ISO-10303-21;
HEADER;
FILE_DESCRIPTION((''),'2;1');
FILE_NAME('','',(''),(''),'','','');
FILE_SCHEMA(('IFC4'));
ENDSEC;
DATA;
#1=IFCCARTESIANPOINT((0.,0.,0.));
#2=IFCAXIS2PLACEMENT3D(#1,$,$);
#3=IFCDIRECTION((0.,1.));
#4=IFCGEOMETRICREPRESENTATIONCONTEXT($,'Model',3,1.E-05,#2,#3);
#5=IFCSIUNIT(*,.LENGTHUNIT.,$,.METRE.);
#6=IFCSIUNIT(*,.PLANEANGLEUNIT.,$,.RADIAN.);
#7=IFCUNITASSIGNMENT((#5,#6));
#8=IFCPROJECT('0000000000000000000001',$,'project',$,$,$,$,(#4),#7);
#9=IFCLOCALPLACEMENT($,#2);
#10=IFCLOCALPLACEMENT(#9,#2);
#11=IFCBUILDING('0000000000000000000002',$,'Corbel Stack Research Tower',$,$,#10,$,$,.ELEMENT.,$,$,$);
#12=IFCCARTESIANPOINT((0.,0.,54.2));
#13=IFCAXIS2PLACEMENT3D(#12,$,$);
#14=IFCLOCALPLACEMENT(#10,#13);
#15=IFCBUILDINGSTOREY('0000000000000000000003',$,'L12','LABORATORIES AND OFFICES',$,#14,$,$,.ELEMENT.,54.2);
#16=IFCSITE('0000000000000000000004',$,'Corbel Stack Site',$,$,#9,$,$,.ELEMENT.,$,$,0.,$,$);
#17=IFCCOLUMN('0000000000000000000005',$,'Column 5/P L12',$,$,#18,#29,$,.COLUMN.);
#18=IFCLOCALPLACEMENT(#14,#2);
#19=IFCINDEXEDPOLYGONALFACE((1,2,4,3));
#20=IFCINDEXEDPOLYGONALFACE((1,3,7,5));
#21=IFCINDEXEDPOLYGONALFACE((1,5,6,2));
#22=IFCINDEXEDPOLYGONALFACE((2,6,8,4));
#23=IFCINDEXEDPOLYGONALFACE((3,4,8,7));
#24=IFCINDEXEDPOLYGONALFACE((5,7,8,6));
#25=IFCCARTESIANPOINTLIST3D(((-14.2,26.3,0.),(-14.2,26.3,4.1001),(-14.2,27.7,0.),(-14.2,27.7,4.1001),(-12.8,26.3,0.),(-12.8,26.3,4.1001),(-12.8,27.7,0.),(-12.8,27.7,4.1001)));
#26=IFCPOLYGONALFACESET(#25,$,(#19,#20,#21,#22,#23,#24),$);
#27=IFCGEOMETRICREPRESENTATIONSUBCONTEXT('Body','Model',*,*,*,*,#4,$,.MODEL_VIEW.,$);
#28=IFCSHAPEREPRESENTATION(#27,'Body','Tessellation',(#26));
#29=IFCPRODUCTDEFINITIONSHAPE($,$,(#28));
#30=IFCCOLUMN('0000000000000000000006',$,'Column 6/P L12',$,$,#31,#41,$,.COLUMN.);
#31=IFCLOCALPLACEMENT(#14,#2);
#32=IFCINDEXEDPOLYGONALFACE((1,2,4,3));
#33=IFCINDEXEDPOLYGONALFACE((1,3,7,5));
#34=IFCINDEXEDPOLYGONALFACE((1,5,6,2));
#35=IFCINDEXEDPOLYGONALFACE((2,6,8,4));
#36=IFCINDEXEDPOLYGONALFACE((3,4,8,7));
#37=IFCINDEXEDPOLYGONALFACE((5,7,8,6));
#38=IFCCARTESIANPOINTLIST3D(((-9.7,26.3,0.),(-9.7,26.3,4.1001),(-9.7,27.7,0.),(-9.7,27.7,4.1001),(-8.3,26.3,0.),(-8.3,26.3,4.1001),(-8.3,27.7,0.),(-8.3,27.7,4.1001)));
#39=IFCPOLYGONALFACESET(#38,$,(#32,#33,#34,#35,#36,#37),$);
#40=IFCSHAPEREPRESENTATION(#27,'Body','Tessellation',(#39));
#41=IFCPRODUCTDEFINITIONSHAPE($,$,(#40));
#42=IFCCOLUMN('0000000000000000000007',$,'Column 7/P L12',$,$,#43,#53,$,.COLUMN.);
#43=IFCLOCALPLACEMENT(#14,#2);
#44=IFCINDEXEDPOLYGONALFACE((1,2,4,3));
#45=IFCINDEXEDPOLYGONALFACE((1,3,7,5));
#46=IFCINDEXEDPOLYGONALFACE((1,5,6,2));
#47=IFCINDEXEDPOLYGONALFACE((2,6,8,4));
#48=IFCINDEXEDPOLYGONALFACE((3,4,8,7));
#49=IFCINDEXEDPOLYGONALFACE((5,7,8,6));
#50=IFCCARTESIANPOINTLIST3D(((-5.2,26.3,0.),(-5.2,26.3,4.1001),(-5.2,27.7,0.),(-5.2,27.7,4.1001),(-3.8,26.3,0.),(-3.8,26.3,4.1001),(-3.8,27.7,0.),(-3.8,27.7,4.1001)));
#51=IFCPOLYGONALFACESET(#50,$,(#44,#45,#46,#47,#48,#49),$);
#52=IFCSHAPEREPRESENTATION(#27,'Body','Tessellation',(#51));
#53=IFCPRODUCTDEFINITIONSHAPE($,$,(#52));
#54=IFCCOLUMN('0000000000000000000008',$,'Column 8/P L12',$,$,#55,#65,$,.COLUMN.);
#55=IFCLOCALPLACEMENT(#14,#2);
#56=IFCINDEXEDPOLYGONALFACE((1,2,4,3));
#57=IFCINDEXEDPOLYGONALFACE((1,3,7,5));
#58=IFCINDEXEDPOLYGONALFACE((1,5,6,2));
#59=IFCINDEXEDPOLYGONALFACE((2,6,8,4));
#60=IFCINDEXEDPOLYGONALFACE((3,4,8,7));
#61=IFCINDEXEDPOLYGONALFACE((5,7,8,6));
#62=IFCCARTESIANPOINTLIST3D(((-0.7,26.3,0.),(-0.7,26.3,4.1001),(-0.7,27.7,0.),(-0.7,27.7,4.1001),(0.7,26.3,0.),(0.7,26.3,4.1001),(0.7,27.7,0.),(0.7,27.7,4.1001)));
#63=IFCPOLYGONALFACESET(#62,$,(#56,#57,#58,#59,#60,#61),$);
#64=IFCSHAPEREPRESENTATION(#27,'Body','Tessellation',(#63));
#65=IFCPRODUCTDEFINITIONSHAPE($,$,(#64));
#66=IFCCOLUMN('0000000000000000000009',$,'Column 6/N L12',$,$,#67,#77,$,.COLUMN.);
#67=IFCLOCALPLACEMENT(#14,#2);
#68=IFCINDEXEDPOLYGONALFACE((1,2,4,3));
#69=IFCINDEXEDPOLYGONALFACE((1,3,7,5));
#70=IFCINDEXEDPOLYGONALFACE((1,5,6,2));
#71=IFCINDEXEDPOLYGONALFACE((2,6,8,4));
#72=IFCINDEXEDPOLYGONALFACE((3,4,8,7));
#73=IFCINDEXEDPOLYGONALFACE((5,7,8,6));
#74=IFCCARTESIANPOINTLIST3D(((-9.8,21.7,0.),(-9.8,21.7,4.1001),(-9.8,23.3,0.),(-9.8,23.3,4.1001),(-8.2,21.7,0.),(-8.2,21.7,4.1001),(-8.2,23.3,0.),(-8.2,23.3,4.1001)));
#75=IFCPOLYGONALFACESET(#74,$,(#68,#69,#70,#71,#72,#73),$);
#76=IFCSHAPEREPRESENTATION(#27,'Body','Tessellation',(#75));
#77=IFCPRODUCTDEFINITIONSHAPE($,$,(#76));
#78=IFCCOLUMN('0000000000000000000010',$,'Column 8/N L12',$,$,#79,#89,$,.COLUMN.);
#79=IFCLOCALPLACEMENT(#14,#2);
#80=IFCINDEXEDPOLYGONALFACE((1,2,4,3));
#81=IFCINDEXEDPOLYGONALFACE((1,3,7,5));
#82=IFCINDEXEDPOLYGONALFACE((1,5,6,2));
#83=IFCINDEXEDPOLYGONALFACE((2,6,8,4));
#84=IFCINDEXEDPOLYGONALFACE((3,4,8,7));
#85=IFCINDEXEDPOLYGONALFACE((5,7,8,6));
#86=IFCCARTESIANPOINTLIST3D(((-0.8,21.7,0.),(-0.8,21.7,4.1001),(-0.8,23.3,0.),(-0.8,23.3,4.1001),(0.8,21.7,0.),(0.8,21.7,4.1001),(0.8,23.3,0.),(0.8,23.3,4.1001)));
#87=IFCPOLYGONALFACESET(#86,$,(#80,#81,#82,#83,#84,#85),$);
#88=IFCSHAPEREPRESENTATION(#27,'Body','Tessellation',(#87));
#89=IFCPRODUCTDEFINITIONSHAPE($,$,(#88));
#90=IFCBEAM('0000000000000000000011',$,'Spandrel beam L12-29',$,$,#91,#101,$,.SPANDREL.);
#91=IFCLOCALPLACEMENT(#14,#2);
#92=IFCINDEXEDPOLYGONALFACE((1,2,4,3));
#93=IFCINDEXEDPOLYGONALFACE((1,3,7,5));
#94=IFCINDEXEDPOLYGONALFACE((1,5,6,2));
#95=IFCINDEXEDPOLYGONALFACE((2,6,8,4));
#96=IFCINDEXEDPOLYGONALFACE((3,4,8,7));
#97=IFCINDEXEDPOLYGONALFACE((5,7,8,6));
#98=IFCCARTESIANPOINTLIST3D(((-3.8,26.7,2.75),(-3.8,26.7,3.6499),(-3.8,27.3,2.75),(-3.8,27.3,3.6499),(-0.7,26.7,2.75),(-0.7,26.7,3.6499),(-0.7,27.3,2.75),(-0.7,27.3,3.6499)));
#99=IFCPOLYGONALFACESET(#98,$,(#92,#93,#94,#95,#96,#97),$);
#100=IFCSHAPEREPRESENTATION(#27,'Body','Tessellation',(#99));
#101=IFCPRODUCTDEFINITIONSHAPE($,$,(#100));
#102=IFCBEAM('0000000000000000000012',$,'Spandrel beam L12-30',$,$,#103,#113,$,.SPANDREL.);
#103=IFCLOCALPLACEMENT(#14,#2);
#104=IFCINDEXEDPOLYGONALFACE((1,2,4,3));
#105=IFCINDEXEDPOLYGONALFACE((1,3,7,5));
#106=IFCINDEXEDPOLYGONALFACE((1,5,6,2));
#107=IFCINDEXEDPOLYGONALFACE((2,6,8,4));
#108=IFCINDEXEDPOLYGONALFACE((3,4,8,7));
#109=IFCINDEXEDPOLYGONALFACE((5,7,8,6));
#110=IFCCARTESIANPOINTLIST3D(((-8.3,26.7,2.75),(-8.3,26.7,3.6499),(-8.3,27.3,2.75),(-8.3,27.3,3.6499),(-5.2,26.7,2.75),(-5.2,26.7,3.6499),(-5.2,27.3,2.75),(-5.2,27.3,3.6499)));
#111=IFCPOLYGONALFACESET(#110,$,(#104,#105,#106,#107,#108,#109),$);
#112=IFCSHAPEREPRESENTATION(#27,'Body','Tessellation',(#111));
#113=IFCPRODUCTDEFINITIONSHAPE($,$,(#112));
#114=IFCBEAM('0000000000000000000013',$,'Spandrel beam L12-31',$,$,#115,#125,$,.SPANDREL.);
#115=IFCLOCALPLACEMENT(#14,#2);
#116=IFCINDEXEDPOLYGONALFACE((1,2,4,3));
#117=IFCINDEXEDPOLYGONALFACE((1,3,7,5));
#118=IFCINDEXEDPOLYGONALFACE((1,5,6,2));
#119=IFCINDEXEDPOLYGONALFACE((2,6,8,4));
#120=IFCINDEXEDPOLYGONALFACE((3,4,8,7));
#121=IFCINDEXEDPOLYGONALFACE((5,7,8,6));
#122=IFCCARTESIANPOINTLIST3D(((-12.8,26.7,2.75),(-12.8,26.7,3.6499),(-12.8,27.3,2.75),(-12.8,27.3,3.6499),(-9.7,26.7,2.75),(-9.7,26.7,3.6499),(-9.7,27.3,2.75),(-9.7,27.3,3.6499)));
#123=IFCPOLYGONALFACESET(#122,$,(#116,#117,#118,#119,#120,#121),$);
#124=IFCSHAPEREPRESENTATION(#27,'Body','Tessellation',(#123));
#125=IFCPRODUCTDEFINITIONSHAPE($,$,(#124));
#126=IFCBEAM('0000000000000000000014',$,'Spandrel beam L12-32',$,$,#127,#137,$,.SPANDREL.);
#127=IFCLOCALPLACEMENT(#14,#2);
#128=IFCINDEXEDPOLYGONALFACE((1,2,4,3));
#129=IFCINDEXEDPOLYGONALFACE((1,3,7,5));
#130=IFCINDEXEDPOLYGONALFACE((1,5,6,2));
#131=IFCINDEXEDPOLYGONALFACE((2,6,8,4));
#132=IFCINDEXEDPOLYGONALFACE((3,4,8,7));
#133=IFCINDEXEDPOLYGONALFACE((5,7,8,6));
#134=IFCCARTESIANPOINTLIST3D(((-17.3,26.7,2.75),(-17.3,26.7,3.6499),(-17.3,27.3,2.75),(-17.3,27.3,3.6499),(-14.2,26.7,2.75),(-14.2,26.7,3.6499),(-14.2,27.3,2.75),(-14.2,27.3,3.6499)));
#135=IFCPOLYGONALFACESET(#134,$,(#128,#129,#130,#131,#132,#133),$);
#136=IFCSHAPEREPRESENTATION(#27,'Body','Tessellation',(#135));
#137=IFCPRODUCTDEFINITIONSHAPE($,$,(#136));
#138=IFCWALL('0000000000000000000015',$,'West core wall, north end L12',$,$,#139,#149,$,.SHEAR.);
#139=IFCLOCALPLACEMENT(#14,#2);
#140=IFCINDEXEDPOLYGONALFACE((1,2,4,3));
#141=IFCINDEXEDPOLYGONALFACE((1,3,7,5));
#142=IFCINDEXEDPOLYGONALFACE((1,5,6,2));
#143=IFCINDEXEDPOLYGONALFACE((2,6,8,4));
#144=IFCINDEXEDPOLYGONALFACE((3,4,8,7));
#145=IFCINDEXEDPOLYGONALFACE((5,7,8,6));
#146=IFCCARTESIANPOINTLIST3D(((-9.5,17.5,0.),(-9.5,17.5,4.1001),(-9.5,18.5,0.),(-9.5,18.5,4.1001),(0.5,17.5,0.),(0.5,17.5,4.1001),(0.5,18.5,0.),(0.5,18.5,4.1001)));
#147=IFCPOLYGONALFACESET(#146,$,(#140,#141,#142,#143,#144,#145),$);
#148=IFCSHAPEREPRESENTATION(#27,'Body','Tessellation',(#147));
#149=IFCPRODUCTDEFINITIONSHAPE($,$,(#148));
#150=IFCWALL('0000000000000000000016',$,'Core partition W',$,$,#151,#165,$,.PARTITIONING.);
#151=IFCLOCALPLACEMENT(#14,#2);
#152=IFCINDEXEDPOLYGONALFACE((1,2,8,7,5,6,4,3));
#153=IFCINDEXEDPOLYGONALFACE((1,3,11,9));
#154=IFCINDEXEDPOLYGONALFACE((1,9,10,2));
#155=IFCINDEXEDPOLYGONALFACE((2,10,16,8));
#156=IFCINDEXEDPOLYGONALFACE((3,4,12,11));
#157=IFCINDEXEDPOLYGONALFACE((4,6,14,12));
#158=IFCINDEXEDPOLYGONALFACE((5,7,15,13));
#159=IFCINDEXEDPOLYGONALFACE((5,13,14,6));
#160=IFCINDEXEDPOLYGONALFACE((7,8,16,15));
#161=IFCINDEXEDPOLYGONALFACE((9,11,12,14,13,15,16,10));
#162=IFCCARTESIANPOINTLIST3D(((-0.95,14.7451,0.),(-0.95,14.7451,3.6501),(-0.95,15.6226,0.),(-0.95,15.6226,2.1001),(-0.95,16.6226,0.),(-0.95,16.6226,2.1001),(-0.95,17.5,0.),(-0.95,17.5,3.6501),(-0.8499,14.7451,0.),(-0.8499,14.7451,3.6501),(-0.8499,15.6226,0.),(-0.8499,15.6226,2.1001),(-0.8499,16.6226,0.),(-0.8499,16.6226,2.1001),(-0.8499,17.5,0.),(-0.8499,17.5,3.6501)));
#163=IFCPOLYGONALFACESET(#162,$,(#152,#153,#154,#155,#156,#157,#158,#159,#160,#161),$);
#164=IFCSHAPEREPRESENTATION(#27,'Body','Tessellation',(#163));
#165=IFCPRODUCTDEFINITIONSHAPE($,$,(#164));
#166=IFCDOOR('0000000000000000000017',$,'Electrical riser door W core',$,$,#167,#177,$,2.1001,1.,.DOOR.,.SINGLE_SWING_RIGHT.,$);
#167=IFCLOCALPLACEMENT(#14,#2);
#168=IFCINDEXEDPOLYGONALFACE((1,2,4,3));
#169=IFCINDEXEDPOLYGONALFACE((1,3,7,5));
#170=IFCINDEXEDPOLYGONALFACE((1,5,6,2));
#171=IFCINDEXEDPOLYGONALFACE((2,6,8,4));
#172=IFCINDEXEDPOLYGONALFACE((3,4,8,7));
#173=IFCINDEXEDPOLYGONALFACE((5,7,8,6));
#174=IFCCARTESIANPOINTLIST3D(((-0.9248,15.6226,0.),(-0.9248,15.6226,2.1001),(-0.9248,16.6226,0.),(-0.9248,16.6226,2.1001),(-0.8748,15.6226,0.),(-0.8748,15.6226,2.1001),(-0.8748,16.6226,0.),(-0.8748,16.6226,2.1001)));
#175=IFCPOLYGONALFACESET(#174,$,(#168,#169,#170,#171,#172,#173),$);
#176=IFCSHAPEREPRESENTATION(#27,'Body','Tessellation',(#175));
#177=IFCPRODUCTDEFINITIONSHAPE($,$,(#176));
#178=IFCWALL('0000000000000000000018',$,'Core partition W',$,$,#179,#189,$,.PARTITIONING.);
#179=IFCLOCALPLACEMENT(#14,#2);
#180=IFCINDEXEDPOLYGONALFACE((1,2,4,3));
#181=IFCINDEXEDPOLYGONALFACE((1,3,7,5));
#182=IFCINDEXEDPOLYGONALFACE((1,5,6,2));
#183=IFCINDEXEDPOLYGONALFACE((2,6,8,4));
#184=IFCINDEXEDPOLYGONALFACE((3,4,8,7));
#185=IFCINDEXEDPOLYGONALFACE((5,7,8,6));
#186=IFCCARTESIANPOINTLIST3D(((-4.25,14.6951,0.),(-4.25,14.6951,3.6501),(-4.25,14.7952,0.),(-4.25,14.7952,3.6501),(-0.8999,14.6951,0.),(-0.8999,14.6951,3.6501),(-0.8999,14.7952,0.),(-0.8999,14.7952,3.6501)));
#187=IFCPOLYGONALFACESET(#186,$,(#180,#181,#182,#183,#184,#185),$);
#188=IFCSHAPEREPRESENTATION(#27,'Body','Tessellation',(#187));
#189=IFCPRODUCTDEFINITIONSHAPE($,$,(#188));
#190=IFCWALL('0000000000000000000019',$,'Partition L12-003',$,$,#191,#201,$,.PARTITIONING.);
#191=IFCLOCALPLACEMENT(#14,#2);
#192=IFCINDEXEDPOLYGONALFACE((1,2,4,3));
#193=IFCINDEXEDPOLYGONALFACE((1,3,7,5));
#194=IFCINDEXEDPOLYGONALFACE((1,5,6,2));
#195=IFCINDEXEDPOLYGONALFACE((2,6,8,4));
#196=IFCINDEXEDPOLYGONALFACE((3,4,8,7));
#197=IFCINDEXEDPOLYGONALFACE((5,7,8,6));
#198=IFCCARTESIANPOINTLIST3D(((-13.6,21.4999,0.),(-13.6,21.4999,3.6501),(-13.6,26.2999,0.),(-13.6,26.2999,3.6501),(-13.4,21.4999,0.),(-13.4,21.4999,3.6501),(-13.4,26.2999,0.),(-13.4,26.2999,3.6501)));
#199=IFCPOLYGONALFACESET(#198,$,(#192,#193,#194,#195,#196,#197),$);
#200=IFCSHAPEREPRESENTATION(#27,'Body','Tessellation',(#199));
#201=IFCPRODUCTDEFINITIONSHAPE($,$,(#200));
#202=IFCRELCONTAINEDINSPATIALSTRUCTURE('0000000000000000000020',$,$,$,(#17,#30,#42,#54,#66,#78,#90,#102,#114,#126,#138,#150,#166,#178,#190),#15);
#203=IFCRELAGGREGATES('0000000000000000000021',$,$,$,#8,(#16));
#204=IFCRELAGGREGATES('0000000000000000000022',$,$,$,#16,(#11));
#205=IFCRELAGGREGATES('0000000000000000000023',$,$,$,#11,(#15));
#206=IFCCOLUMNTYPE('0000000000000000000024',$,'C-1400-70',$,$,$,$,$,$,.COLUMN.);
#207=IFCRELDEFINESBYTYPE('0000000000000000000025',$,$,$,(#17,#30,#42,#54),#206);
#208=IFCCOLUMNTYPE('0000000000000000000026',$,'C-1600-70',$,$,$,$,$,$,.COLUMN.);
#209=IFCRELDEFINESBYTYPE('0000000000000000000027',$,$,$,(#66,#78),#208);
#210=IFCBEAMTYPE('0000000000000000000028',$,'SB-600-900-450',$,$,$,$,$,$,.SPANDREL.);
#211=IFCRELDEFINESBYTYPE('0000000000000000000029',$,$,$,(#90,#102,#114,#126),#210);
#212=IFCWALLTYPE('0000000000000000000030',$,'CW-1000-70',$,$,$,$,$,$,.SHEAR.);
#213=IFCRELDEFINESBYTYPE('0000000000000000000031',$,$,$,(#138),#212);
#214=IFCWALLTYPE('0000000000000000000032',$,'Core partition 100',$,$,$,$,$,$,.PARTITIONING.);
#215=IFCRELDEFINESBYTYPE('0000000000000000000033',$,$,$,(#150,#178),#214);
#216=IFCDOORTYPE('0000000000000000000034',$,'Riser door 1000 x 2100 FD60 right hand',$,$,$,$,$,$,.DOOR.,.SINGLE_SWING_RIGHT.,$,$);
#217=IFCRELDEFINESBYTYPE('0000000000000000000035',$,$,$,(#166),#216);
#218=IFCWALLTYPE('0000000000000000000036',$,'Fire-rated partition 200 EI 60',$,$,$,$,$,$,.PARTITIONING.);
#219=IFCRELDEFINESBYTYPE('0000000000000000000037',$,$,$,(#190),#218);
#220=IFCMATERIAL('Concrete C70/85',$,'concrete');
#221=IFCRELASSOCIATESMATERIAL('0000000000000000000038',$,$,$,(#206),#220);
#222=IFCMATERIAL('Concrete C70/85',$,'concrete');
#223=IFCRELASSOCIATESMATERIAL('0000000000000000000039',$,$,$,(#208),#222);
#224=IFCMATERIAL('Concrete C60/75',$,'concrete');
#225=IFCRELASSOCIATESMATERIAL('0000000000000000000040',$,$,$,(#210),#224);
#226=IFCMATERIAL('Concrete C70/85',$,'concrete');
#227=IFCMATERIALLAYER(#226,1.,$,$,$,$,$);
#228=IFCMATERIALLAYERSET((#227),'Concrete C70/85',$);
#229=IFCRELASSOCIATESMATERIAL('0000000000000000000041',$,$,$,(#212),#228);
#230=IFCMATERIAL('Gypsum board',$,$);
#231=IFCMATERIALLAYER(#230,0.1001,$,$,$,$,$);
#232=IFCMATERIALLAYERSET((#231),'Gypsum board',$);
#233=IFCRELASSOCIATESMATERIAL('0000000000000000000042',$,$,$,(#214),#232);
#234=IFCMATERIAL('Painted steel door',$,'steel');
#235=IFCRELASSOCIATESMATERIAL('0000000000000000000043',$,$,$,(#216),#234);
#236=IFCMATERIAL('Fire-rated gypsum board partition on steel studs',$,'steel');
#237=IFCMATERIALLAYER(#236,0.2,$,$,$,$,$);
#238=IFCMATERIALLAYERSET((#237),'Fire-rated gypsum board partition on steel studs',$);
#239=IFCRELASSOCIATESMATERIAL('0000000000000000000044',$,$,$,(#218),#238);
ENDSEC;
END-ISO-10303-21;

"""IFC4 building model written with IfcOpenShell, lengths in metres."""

from ifc_helpers import new_model, si_unit, direction, frame, frame_2d, origin, origin_2d, place, context, subcontext, project, spatial, rectangle, extrude, material, layer, layer_set, material_profile, profile_set, type_object, element, fill, save


model = new_model("IFC4")

# Units and contexts
model_context = context("Model", 3, precision=1e-05, world=origin(), true_north=direction((0.0, 1.0)))
body_context = subcontext(model_context, "Body", "Model", "MODEL_VIEW")
ifc_project = project(units=[si_unit("LENGTHUNIT", "METRE"), si_unit("PLANEANGLEUNIT", "RADIAN")], contexts=[model_context])

# Site, building, storey
site_placement = place(None, origin())
site = spatial("IfcSite", under=ifc_project, at=site_placement, Name="Corbel Stack Site", CompositionType="ELEMENT", RefElevation=0.0)
building_placement = place(site_placement, origin())
building = spatial("IfcBuilding", under=site, at=building_placement, Name="Corbel Stack Research Tower", CompositionType="ELEMENT")
storey_placement = place(building_placement, frame((0.0, 0.0, 54.2)))
storey = spatial("IfcBuildingStorey", under=building, at=storey_placement, Name="L12", Description="LABORATORIES AND OFFICES", CompositionType="ELEMENT", Elevation=54.2)

# Columns
ifc_material_1 = material(Name="Concrete C70/85", Category="concrete")
ifc_material_profile_1 = material_profile(ifc_material_1, rectangle(XDim=1.3999, YDim=1.3999, at=origin_2d()), Name="RC 1400 x 1400")
ifc_profile_set_1 = profile_set([ifc_material_profile_1], Name="Concrete C70/85")
column_type_1 = type_object("IfcColumnType", Name="C-1400-70", PredefinedType="COLUMN", material=ifc_profile_set_1)
for number, where, z_axis, x_axis, name in (
    (1, (-13.5, 27.0, 0.0), (0.0, 0.0, 1.0), (1.0, 0.0, 0.0), "Column 5/P L12"),
    (2, (-9.0, 27.0, 0.0), (0.0, 0.0, 1.0), (1.0, 0.0, 0.0), "Column 6/P L12"),
    (3, (-4.5, 27.0, 0.0), (0.0, 0.0, 1.0), (1.0, 0.0, 0.0), "Column 7/P L12"),
    (4, (0.0, 27.0, 0.0), (0.0, 0.0, 1.0), (1.0, 0.0, 0.0), "Column 8/P L12"),
):
    element("IfcColumn", number, at=place(storey_placement, frame(where, z_axis=z_axis, x_axis=x_axis)), inside=storey, type_object=column_type_1, Name=name, PredefinedType="COLUMN", context=body_context, shape_type="SweptSolid", body=[
        extrude(rectangle(XDim=1.3999, YDim=1.3999, at=origin_2d()), origin(), (0.0, 0.0, 1.0), 4.1001),
    ])
ifc_material_2 = material(Name="Concrete C70/85", Category="concrete")
ifc_material_profile_2 = material_profile(ifc_material_2, rectangle(XDim=1.6001, YDim=1.6001, at=origin_2d()), Name="RC 1600 x 1600")
ifc_profile_set_2 = profile_set([ifc_material_profile_2], Name="Concrete C70/85")
column_type_2 = type_object("IfcColumnType", Name="C-1600-70", PredefinedType="COLUMN", material=ifc_profile_set_2)
for number, where, z_axis, x_axis, name in (
    (5, (-9.0, 22.5, 0.0), (0.0, 0.0, 1.0), (1.0, 0.0, 0.0), "Column 6/N L12"),
    (6, (0.0, 22.5, 0.0), (0.0, 0.0, 1.0), (1.0, 0.0, 0.0), "Column 8/N L12"),
):
    element("IfcColumn", number, at=place(storey_placement, frame(where, z_axis=z_axis, x_axis=x_axis)), inside=storey, type_object=column_type_2, Name=name, PredefinedType="COLUMN", context=body_context, shape_type="SweptSolid", body=[
        extrude(rectangle(XDim=1.6001, YDim=1.6001, at=origin_2d()), origin(), (0.0, 0.0, 1.0), 4.1001),
    ])

# Beams
ifc_material_3 = material(Name="Concrete C60/75", Category="concrete")
ifc_material_profile_3 = material_profile(ifc_material_3, rectangle(XDim=0.6001, YDim=0.8999, at=origin_2d()), Name="RC 600 x 900")
ifc_profile_set_3 = profile_set([ifc_material_profile_3], Name="Concrete C60/75")
beam_type = type_object("IfcBeamType", Name="SB-600-900-450", PredefinedType="SPANDREL", material=ifc_profile_set_3)
for number, where, z_axis, x_axis, name in (
    (7, (-0.7, 27.0, 3.2), (-1.0, 0.0, 0.0), (0.0, -1.0, 0.0), "Spandrel beam L12-29"),
    (8, (-5.2, 27.0, 3.2), (-1.0, 0.0, 0.0), (0.0, -1.0, 0.0), "Spandrel beam L12-30"),
    (9, (-9.7, 27.0, 3.2), (-1.0, 0.0, 0.0), (0.0, -1.0, 0.0), "Spandrel beam L12-31"),
    (10, (-14.2, 27.0, 3.2), (-1.0, 0.0, 0.0), (0.0, -1.0, 0.0), "Spandrel beam L12-32"),
):
    element("IfcBeam", number, at=place(storey_placement, frame(where, z_axis=z_axis, x_axis=x_axis)), inside=storey, type_object=beam_type, Name=name, PredefinedType="SPANDREL", context=body_context, shape_type="SweptSolid", body=[
        extrude(rectangle(XDim=0.6001, YDim=0.8999, at=origin_2d()), origin(), (0.0, 0.0, 1.0), 3.1001),
    ])

# Wall
ifc_material_4 = material(Name="Concrete C70/85", Category="concrete")
ifc_layer_1 = layer(ifc_material_4, 1.0)
ifc_layer_set_1 = layer_set([ifc_layer_1], Name="Concrete C70/85")
wall_type_1 = type_object("IfcWallType", Name="CW-1000-70", PredefinedType="SHEAR", material=ifc_layer_set_1)
wall_1_placement = place(storey_placement, frame((-9.5, 18.0, 0.0), z_axis=(0.0, 0.0, 1.0), x_axis=(1.0, 0.0, 0.0)))
element("IfcWall", 11, at=wall_1_placement, inside=storey, type_object=wall_type_1, Name="West core wall, north end L12", PredefinedType="SHEAR", context=body_context, shape_type="SweptSolid", body=[
    extrude(rectangle(XDim=10.0, YDim=1.0, at=frame_2d((5.0, 0.0))), origin(), (0.0, 0.0, 1.0), 4.1001),
])

# Wall, opening, door
ifc_material_5 = material(Name="Gypsum board")
ifc_layer_2 = layer(ifc_material_5, 0.1001)
ifc_layer_set_2 = layer_set([ifc_layer_2], Name="Gypsum board")
wall_type_2 = type_object("IfcWallType", Name="Core partition 100", PredefinedType="PARTITIONING", material=ifc_layer_set_2)
wall_2_placement = place(storey_placement, frame((-0.8999, 14.7451, 0.0), z_axis=(0.0, 0.0, 1.0), x_axis=(0.0, 1.0, 0.0)))
wall_2 = element("IfcWall", 12, at=wall_2_placement, inside=storey, type_object=wall_type_2, Name="Core partition W", PredefinedType="PARTITIONING", context=body_context, shape_type="SweptSolid", body=[
    extrude(rectangle(XDim=2.7549, YDim=0.1001, at=frame_2d((1.3774, 0.0))), origin(), (0.0, 0.0, 1.0), 3.6501),
])
opening_1_placement = place(wall_2_placement, frame((0.8774, 0.0, 0.0)))
opening_1 = element("IfcOpeningElement", 13, at=opening_1_placement, cuts=wall_2, PredefinedType="OPENING", context=body_context, shape_type="SweptSolid", body=[
    extrude(rectangle(XDim=1.0, YDim=2.1001, at=frame_2d((0.5, 1.05))), frame((0.0, 0.0601, 0.0), z_axis=(0.0, -1.0, 0.0), x_axis=(1.0, 0.0, 0.0)), (0.0, 0.0, 1.0), 0.1201),
])
ifc_material_6 = material(Name="Painted steel door", Category="steel")
door_type_1 = type_object("IfcDoorType", Name="Riser door 1000 x 2100 FD60 right hand", OperationType="SINGLE_SWING_RIGHT", PredefinedType="DOOR", material=ifc_material_6)
door_1_placement = place(opening_1_placement, origin())
door_1 = element("IfcDoor", 14, at=door_1_placement, inside=storey, type_object=door_type_1, Name="Electrical riser door W core", OperationType="SINGLE_SWING_RIGHT", OverallHeight=2.1001, OverallWidth=1.0, PredefinedType="DOOR", context=body_context, shape_type="SweptSolid", body=[
    extrude(rectangle(XDim=1.0, YDim=2.1001, at=frame_2d((0.5, 1.05))), frame((0.0, 0.0249, 0.0), z_axis=(0.0, -1.0, 0.0), x_axis=(1.0, 0.0, 0.0)), (0.0, 0.0, 1.0), 0.05),
])
fill(opening_1, door_1)

# Walls
wall_3_placement = place(storey_placement, frame((-4.25, 14.7451, 0.0), z_axis=(0.0, 0.0, 1.0), x_axis=(1.0, 0.0, 0.0)))
element("IfcWall", 15, at=wall_3_placement, inside=storey, type_object=wall_type_2, Name="Core partition W", PredefinedType="PARTITIONING", context=body_context, shape_type="SweptSolid", body=[
    extrude(rectangle(XDim=3.3501, YDim=0.1001, at=frame_2d((1.675, 0.0))), origin(), (0.0, 0.0, 1.0), 3.6501),
])
ifc_material_7 = material(Name="Fire-rated gypsum board partition on steel studs", Category="steel")
ifc_layer_3 = layer(ifc_material_7, 0.2)
ifc_layer_set_3 = layer_set([ifc_layer_3], Name="Fire-rated gypsum board partition on steel studs")
wall_type_3 = type_object("IfcWallType", Name="Fire-rated partition 200 EI 60", PredefinedType="PARTITIONING", material=ifc_layer_set_3)
wall_4_placement = place(storey_placement, frame((-13.5, 21.5, 0.0), z_axis=(0.0, 0.0, 1.0), x_axis=(0.0, 1.0, 0.0)))
element("IfcWall", 16, at=wall_4_placement, inside=storey, type_object=wall_type_3, Name="Partition L12-003", PredefinedType="PARTITIONING", context=body_context, shape_type="SweptSolid", body=[
    extrude(rectangle(XDim=4.8, YDim=0.2, at=frame_2d((2.3999, 0.0))), origin(), (0.0, 0.0, 1.0), 3.6501),
])

save(model, "model.ifc")
